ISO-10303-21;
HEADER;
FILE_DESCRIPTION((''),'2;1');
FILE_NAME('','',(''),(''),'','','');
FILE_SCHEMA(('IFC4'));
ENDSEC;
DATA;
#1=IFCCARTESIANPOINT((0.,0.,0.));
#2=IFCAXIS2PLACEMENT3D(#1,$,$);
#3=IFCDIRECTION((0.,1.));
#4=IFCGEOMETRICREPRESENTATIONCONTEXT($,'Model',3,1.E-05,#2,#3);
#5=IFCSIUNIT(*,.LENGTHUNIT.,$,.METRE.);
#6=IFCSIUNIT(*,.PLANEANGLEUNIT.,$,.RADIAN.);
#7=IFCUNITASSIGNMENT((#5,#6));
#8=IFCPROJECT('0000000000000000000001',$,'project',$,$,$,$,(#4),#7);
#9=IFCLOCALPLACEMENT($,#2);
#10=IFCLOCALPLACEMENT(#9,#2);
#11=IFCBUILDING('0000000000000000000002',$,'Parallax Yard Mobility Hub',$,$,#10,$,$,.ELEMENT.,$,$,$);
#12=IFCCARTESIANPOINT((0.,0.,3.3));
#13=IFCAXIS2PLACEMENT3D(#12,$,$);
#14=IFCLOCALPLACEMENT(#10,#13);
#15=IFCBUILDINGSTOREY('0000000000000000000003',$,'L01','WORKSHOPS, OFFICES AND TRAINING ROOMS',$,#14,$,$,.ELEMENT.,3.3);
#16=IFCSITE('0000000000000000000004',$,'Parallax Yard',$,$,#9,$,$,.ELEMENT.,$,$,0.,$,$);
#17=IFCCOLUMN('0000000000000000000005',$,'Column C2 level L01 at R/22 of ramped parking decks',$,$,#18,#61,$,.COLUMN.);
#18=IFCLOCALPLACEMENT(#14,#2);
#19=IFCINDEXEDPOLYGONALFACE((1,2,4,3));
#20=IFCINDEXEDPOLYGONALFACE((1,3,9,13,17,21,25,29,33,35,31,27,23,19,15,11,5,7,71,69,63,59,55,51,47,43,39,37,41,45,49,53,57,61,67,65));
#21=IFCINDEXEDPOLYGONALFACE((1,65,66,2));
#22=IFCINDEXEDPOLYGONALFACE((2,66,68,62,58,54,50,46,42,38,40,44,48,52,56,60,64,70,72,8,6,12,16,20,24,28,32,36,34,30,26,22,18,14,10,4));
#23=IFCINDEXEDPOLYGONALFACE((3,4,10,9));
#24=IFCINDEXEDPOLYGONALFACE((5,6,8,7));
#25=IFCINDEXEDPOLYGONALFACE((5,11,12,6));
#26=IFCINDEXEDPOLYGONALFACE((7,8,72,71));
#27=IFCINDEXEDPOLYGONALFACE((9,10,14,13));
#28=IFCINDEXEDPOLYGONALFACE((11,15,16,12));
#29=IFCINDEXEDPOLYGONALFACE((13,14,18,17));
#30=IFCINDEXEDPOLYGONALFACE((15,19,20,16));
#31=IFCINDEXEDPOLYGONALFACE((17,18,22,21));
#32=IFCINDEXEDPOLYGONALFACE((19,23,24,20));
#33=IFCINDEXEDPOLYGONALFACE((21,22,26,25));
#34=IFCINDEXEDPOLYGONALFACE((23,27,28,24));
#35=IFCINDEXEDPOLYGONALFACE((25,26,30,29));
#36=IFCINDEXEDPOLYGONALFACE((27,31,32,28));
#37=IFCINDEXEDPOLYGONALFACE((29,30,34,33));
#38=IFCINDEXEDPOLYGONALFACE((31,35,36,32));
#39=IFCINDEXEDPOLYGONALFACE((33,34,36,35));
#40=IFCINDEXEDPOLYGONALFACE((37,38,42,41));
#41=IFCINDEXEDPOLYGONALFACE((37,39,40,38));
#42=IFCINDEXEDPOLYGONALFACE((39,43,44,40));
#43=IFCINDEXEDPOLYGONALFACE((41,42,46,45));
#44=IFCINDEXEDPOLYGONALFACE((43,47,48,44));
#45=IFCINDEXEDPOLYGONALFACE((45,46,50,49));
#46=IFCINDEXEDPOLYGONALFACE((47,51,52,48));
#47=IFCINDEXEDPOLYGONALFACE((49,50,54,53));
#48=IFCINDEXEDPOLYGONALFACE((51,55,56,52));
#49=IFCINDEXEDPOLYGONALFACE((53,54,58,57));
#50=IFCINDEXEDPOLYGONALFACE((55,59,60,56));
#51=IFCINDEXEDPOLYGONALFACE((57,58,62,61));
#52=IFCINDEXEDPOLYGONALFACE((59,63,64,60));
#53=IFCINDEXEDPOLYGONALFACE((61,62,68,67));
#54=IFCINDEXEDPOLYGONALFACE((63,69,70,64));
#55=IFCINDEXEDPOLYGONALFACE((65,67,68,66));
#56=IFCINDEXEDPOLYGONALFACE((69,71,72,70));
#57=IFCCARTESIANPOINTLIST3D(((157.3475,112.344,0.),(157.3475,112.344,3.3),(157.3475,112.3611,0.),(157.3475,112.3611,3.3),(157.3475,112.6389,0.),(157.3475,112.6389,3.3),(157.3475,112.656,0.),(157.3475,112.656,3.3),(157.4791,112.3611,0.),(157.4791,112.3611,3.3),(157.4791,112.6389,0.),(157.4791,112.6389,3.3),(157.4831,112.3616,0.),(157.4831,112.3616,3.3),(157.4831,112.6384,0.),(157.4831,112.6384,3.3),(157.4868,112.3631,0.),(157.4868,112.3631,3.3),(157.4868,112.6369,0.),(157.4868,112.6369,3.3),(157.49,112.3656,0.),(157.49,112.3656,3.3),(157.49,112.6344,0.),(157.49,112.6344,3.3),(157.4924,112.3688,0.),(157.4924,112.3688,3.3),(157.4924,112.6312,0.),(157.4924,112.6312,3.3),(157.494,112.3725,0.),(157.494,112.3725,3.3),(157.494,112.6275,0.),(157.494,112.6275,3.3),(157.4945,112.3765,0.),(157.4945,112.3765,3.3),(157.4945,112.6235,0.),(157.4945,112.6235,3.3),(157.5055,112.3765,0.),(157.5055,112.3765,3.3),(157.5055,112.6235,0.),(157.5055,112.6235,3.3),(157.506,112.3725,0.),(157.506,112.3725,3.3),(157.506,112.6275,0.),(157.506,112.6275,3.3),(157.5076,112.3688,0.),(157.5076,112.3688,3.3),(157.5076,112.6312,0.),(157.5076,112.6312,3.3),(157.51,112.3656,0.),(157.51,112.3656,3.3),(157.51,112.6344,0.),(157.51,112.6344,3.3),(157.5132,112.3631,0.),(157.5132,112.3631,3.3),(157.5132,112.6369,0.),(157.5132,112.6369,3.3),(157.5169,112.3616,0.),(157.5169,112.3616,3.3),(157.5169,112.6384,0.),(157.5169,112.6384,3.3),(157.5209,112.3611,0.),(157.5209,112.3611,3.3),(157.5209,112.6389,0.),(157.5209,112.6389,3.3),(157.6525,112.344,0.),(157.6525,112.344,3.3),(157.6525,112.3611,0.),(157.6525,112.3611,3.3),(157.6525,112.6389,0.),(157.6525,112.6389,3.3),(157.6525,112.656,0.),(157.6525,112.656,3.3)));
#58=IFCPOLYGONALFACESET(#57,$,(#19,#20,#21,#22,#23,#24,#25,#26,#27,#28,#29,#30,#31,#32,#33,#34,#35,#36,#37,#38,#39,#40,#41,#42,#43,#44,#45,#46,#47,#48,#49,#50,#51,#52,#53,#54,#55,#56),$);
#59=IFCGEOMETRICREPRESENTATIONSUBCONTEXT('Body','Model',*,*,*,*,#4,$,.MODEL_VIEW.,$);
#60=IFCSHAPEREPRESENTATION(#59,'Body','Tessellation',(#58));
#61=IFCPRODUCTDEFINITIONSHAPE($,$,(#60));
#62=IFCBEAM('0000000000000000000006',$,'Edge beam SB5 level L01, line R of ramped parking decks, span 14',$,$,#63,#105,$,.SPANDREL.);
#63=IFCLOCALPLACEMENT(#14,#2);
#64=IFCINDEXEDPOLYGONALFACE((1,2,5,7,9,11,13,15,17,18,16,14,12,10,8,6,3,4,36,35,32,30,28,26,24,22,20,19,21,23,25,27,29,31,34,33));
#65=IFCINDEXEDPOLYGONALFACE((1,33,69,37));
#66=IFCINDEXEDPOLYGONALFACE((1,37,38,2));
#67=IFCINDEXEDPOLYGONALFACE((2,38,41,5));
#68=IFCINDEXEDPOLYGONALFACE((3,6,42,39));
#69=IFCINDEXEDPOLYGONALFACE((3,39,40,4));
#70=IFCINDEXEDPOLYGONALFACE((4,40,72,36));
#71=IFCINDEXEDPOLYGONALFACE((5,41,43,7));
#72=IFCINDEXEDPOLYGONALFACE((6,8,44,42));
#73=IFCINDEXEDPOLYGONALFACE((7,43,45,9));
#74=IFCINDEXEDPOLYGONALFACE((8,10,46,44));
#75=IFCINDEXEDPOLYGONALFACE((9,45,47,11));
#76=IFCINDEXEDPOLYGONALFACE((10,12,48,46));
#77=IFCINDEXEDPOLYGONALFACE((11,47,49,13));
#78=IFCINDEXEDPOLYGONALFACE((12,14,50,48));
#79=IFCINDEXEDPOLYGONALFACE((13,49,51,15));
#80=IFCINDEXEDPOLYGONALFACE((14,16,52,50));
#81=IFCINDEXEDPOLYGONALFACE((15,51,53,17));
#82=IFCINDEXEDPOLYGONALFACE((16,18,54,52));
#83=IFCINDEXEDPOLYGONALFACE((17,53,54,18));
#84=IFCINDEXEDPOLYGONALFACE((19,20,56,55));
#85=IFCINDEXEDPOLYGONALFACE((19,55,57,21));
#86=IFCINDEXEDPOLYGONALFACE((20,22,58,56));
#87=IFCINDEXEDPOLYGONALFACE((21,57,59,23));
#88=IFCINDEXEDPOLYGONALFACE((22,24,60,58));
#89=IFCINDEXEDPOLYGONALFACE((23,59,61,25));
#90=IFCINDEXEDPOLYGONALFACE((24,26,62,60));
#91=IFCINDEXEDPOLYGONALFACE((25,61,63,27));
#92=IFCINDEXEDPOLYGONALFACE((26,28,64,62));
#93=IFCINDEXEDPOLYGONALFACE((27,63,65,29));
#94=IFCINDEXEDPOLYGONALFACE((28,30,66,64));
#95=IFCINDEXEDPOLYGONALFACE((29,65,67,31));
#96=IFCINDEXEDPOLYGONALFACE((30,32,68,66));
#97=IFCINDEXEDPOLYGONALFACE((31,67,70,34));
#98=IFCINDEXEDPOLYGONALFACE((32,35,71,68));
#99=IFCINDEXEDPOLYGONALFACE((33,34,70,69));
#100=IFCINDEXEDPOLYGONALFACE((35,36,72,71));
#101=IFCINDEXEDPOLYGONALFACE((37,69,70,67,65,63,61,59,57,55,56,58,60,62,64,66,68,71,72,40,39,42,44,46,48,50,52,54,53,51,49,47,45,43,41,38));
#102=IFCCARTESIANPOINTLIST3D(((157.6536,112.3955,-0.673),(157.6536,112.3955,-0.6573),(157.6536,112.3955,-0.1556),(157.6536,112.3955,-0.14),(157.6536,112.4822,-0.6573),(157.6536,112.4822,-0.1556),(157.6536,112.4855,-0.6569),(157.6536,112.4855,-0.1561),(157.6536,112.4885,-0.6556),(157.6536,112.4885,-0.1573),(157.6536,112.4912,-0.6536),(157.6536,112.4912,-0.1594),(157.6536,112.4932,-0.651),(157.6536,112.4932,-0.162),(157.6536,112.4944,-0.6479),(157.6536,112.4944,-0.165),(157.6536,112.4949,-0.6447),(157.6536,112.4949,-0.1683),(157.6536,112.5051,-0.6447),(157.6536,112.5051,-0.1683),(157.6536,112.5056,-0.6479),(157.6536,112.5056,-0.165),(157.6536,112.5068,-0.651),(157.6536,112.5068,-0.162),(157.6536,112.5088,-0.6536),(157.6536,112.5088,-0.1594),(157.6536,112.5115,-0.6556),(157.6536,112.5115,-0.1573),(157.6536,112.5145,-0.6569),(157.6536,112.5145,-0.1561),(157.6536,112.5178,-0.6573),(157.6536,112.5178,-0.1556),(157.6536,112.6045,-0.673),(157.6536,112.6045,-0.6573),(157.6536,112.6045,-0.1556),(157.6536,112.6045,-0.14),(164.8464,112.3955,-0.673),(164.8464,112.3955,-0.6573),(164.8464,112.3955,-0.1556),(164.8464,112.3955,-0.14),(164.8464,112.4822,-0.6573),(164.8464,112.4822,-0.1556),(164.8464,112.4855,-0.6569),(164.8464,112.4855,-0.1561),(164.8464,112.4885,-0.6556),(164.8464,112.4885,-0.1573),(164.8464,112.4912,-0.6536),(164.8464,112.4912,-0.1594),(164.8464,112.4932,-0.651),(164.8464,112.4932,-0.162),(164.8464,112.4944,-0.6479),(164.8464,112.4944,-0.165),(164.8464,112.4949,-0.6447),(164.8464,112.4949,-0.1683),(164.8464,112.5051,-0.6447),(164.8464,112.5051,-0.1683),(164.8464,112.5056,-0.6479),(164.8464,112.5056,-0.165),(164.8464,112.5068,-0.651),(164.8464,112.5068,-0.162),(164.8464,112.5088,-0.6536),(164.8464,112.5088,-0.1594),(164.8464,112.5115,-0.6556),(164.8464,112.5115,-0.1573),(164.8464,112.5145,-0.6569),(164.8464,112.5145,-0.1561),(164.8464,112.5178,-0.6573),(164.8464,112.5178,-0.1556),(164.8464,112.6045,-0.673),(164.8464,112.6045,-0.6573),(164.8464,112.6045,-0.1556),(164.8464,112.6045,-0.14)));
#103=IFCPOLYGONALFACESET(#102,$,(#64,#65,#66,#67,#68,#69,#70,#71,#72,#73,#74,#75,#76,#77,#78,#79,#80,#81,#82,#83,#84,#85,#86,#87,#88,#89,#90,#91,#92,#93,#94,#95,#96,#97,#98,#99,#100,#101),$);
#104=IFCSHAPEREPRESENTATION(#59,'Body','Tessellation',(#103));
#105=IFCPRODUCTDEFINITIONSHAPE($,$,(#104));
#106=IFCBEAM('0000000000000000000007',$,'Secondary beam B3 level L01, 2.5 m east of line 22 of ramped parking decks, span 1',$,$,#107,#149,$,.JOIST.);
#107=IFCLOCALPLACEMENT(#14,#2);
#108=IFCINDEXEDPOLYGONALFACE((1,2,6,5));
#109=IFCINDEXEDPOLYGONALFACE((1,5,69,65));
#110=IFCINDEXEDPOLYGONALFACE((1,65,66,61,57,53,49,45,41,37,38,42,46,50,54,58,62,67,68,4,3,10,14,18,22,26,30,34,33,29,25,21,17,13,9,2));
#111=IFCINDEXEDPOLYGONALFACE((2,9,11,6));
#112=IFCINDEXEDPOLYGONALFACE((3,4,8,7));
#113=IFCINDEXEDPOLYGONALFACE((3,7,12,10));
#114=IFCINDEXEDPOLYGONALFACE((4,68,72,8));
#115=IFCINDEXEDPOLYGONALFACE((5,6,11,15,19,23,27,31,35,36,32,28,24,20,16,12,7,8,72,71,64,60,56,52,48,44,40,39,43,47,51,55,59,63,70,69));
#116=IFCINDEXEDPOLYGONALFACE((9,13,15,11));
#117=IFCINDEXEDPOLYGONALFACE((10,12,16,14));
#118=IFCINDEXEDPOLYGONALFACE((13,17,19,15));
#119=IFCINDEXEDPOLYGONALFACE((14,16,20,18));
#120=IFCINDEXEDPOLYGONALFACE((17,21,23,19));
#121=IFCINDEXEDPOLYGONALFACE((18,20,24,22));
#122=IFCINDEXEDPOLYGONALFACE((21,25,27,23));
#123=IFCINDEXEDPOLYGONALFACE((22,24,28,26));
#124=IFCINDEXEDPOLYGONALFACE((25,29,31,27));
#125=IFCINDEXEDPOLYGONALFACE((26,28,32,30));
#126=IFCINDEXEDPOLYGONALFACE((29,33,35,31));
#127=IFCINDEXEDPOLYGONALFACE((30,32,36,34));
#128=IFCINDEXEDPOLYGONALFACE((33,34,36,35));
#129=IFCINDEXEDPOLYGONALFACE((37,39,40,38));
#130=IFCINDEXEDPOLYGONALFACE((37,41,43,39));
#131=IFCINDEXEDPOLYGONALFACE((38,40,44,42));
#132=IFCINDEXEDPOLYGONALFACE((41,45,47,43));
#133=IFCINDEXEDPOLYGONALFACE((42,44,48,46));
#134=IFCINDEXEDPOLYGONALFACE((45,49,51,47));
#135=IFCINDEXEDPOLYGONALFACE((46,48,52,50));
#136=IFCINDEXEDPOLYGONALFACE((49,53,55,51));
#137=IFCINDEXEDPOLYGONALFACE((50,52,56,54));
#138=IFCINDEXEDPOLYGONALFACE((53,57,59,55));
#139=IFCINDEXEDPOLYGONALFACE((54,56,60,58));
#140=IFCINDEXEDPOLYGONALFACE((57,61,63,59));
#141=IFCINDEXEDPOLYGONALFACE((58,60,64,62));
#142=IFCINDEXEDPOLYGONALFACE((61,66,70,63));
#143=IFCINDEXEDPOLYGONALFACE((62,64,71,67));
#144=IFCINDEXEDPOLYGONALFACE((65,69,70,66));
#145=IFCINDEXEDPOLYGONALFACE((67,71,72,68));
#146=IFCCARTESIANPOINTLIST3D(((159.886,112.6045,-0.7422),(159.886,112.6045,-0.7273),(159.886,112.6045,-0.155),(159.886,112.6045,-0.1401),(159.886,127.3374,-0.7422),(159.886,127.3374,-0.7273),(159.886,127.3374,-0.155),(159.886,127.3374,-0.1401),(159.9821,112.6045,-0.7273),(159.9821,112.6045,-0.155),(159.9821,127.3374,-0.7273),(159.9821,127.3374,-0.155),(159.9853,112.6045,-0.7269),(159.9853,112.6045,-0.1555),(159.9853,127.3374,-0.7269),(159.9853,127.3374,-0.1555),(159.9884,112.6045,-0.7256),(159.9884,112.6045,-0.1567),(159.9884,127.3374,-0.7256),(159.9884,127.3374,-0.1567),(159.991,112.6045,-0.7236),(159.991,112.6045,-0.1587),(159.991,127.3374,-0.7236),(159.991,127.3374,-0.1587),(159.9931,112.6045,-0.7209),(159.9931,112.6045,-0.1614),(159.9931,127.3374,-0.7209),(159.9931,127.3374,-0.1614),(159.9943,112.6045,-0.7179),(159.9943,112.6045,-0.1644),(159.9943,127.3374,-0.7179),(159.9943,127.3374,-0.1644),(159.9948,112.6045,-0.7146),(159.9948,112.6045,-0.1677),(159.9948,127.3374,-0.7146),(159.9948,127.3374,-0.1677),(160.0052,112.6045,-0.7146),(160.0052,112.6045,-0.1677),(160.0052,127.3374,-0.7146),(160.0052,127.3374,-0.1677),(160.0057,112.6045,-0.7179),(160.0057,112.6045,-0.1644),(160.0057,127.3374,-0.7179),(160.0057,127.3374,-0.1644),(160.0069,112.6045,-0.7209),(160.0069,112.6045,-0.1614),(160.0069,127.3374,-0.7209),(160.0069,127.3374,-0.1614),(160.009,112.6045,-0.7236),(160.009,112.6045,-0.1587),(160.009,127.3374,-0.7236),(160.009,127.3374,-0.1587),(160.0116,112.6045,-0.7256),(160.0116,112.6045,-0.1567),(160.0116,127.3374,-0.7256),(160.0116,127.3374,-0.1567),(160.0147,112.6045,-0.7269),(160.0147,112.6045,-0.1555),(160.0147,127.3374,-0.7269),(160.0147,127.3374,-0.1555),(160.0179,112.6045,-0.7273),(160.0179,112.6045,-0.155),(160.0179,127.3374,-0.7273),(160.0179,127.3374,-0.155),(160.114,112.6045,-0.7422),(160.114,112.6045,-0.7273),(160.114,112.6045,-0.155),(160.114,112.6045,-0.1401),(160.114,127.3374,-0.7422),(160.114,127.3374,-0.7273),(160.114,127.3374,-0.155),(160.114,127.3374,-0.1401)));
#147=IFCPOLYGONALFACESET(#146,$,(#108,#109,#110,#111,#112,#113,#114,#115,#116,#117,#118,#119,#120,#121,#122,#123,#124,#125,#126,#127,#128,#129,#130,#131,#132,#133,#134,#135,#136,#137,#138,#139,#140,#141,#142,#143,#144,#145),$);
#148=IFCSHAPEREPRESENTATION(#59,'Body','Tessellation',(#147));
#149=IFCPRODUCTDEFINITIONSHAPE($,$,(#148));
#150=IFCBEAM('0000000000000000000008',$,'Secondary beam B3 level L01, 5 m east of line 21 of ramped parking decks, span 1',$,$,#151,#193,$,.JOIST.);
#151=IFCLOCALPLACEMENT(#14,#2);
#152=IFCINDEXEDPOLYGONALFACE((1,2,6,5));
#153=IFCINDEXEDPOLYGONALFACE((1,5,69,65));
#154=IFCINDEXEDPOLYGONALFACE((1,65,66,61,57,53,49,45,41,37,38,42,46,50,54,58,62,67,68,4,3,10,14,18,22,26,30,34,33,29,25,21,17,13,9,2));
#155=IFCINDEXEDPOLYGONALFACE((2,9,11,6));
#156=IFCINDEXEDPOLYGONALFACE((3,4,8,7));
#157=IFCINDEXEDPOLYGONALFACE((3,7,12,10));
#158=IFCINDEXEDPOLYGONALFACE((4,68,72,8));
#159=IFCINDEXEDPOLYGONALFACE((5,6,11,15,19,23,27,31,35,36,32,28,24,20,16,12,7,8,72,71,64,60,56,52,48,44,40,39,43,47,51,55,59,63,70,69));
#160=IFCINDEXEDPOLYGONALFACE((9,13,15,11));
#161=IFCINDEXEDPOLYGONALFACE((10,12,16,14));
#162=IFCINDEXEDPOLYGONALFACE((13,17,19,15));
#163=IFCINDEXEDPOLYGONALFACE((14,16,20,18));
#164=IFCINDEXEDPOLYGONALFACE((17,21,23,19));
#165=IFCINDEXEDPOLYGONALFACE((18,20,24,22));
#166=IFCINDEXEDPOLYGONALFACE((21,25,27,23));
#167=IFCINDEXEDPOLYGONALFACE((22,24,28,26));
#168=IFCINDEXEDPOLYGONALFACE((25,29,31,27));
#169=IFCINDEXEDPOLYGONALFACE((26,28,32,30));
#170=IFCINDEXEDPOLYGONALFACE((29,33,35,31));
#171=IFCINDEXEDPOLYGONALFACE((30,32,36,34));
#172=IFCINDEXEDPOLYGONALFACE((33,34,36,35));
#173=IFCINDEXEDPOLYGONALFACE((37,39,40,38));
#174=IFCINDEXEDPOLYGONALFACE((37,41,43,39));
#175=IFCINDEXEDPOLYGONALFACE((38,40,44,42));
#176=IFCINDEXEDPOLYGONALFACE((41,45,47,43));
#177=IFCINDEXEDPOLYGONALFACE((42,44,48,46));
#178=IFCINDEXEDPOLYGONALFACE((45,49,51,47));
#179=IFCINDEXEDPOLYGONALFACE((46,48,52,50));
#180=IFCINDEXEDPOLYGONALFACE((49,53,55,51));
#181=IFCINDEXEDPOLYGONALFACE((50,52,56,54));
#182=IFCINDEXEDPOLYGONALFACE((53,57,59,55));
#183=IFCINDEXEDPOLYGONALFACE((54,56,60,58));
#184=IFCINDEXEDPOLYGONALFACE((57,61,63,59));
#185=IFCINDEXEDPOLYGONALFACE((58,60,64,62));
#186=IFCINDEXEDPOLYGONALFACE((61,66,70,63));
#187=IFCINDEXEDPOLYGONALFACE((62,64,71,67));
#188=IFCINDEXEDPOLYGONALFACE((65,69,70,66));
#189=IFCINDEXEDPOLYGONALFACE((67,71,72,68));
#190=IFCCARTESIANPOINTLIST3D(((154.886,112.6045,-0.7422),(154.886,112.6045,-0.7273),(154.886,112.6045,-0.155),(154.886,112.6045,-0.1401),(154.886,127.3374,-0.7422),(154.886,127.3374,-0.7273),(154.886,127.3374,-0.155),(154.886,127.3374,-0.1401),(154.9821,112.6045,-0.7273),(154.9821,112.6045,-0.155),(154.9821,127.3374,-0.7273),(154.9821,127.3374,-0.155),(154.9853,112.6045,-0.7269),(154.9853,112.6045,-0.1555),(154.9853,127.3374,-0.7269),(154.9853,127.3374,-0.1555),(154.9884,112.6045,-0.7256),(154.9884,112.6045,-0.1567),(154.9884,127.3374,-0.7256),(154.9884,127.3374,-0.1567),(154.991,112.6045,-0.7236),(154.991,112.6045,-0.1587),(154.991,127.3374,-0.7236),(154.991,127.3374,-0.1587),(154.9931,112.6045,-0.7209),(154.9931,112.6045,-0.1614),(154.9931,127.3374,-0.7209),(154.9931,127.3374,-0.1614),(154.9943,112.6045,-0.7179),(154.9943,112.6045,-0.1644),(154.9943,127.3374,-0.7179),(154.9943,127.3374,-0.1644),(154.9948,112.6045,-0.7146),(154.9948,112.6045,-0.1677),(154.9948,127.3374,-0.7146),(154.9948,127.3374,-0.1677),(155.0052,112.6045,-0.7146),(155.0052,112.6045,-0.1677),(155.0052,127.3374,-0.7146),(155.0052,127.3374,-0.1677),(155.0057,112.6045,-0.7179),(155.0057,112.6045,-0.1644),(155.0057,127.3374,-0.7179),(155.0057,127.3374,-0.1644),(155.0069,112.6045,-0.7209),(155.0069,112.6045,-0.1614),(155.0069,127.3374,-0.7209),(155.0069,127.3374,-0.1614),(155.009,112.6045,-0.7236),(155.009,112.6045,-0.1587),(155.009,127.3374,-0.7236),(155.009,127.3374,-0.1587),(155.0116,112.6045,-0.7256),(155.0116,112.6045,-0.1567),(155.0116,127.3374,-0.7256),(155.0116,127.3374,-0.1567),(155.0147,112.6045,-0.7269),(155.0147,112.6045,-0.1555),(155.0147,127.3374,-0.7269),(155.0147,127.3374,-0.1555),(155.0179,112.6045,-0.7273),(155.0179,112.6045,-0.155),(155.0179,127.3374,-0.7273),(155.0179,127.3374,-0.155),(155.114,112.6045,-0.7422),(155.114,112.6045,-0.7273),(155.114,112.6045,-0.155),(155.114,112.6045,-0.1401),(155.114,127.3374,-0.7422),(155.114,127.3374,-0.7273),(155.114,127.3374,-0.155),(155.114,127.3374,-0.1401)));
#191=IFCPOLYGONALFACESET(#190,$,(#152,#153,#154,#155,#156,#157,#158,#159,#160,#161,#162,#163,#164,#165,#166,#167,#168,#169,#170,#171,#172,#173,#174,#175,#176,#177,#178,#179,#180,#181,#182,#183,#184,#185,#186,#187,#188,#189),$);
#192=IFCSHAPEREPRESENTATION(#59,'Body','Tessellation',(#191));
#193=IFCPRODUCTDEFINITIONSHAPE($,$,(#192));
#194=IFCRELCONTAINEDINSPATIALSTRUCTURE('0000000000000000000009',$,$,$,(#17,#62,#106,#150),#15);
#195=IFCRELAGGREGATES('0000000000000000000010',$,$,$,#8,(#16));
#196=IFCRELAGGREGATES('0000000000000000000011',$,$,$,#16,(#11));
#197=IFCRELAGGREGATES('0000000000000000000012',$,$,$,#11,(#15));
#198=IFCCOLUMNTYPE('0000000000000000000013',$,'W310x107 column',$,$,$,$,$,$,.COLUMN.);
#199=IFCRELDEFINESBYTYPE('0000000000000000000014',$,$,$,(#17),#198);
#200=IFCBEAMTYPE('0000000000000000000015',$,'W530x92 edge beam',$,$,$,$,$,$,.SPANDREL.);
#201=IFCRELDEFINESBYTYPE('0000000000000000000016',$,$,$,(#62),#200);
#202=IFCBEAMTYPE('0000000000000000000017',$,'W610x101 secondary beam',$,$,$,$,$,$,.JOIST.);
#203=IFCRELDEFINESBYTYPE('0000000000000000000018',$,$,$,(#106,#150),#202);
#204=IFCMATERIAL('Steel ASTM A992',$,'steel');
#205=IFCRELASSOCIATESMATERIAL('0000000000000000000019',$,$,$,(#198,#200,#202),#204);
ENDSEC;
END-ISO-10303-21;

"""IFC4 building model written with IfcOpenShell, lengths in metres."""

from ifc_helpers import new_model, si_unit, direction, frame, origin, origin_2d, place, context, subcontext, project, spatial, i_section, extrude, material, material_profile, profile_set, type_object, element, save


model = new_model("IFC4")

# Units and contexts
model_context = context("Model", 3, precision=1e-05, world=origin(), true_north=direction((0.0, 1.0)))
body_context = subcontext(model_context, "Body", "Model", "MODEL_VIEW")
ifc_project = project(units=[si_unit("LENGTHUNIT", "METRE"), si_unit("PLANEANGLEUNIT", "RADIAN")], contexts=[model_context])

# Site, building, storey
site_placement = place(None, origin())
site = spatial("IfcSite", under=ifc_project, at=site_placement, Name="Parallax Yard", CompositionType="ELEMENT", RefElevation=0.0)
building_placement = place(site_placement, origin())
building = spatial("IfcBuilding", under=site, at=building_placement, Name="Parallax Yard Mobility Hub", CompositionType="ELEMENT")
storey_placement = place(building_placement, frame((0.0, 0.0, 3.3)))
storey = spatial("IfcBuildingStorey", under=building, at=storey_placement, Name="L01", Description="WORKSHOPS, OFFICES AND TRAINING ROOMS", CompositionType="ELEMENT", Elevation=3.3)

# Column
ifc_material_1 = material(Name="Steel ASTM A992", Category="steel")
ifc_material_profile_1 = material_profile(ifc_material_1, i_section(OverallWidth=0.3049, OverallDepth=0.312, WebThickness=0.011, FlangeThickness=0.0171, FilletRadius=0.0154, at=origin_2d()), Name="W310x107")
ifc_profile_set_1 = profile_set([ifc_material_profile_1], Name="Steel ASTM A992")
column_type = type_object("IfcColumnType", Name="W310x107 column", PredefinedType="COLUMN", material=ifc_profile_set_1)
column_placement = place(storey_placement, frame((157.5, 112.5, 0.0), z_axis=(0.0, 0.0, 1.0), x_axis=(1.0, 0.0, 0.0)))
element("IfcColumn", 1, at=column_placement, inside=storey, type_object=column_type, Name="Column C2 level L01 at R/22 of ramped parking decks", PredefinedType="COLUMN", context=body_context, shape_type="SweptSolid", body=[
    extrude(i_section(OverallWidth=0.3049, OverallDepth=0.312, WebThickness=0.011, FlangeThickness=0.0171, FilletRadius=0.0154, at=origin_2d()), origin(), (0.0, 0.0, 1.0), 3.3),
])

# Beams
ifc_material_profile_2 = material_profile(ifc_material_1, i_section(OverallWidth=0.209, OverallDepth=0.533, WebThickness=0.0103, FlangeThickness=0.0156, FilletRadius=0.0127, at=origin_2d()), Name="W530x92")
ifc_profile_set_2 = profile_set([ifc_material_profile_2], Name="Steel ASTM A992")
beam_type_1 = type_object("IfcBeamType", Name="W530x92 edge beam", PredefinedType="SPANDREL", material=ifc_profile_set_2)
beam_1_placement = place(storey_placement, frame((157.6536, 112.5, -0.4065), z_axis=(1.0, 0.0, 0.0), x_axis=(0.0, 1.0, 0.0)))
element("IfcBeam", 2, at=beam_1_placement, inside=storey, type_object=beam_type_1, Name="Edge beam SB5 level L01, line R of ramped parking decks, span 14", PredefinedType="SPANDREL", context=body_context, shape_type="SweptSolid", body=[
    extrude(i_section(OverallWidth=0.209, OverallDepth=0.533, WebThickness=0.0103, FlangeThickness=0.0156, FilletRadius=0.0127, at=origin_2d()), origin(), (0.0, 0.0, 1.0), 7.1929),
])
ifc_material_profile_3 = material_profile(ifc_material_1, i_section(OverallWidth=0.228, OverallDepth=0.6021, WebThickness=0.0105, FlangeThickness=0.0149, FilletRadius=0.0127, at=origin_2d()), Name="W610x101")
ifc_profile_set_3 = profile_set([ifc_material_profile_3], Name="Steel ASTM A992")
beam_type_2 = type_object("IfcBeamType", Name="W610x101 secondary beam", PredefinedType="JOIST", material=ifc_profile_set_3)
for number, where, z_axis, x_axis, name in (
    (3, (160.0, 112.6045, -0.4412), (0.0, 1.0, 0.0), (-1.0, 0.0, 0.0), "Secondary beam B3 level L01, 2.5 m east of line 22 of ramped parking decks, span 1"),
    (4, (155.0, 112.6045, -0.4412), (0.0, 1.0, 0.0), (-1.0, 0.0, 0.0), "Secondary beam B3 level L01, 5 m east of line 21 of ramped parking decks, span 1"),
):
    element("IfcBeam", number, at=place(storey_placement, frame(where, z_axis=z_axis, x_axis=x_axis)), inside=storey, type_object=beam_type_2, Name=name, PredefinedType="JOIST", context=body_context, shape_type="SweptSolid", body=[
        extrude(i_section(OverallWidth=0.228, OverallDepth=0.6021, WebThickness=0.0105, FlangeThickness=0.0149, FilletRadius=0.0127, at=origin_2d()), origin(), (0.0, 0.0, 1.0), 14.7329),
    ])

save(model, "model.ifc")
